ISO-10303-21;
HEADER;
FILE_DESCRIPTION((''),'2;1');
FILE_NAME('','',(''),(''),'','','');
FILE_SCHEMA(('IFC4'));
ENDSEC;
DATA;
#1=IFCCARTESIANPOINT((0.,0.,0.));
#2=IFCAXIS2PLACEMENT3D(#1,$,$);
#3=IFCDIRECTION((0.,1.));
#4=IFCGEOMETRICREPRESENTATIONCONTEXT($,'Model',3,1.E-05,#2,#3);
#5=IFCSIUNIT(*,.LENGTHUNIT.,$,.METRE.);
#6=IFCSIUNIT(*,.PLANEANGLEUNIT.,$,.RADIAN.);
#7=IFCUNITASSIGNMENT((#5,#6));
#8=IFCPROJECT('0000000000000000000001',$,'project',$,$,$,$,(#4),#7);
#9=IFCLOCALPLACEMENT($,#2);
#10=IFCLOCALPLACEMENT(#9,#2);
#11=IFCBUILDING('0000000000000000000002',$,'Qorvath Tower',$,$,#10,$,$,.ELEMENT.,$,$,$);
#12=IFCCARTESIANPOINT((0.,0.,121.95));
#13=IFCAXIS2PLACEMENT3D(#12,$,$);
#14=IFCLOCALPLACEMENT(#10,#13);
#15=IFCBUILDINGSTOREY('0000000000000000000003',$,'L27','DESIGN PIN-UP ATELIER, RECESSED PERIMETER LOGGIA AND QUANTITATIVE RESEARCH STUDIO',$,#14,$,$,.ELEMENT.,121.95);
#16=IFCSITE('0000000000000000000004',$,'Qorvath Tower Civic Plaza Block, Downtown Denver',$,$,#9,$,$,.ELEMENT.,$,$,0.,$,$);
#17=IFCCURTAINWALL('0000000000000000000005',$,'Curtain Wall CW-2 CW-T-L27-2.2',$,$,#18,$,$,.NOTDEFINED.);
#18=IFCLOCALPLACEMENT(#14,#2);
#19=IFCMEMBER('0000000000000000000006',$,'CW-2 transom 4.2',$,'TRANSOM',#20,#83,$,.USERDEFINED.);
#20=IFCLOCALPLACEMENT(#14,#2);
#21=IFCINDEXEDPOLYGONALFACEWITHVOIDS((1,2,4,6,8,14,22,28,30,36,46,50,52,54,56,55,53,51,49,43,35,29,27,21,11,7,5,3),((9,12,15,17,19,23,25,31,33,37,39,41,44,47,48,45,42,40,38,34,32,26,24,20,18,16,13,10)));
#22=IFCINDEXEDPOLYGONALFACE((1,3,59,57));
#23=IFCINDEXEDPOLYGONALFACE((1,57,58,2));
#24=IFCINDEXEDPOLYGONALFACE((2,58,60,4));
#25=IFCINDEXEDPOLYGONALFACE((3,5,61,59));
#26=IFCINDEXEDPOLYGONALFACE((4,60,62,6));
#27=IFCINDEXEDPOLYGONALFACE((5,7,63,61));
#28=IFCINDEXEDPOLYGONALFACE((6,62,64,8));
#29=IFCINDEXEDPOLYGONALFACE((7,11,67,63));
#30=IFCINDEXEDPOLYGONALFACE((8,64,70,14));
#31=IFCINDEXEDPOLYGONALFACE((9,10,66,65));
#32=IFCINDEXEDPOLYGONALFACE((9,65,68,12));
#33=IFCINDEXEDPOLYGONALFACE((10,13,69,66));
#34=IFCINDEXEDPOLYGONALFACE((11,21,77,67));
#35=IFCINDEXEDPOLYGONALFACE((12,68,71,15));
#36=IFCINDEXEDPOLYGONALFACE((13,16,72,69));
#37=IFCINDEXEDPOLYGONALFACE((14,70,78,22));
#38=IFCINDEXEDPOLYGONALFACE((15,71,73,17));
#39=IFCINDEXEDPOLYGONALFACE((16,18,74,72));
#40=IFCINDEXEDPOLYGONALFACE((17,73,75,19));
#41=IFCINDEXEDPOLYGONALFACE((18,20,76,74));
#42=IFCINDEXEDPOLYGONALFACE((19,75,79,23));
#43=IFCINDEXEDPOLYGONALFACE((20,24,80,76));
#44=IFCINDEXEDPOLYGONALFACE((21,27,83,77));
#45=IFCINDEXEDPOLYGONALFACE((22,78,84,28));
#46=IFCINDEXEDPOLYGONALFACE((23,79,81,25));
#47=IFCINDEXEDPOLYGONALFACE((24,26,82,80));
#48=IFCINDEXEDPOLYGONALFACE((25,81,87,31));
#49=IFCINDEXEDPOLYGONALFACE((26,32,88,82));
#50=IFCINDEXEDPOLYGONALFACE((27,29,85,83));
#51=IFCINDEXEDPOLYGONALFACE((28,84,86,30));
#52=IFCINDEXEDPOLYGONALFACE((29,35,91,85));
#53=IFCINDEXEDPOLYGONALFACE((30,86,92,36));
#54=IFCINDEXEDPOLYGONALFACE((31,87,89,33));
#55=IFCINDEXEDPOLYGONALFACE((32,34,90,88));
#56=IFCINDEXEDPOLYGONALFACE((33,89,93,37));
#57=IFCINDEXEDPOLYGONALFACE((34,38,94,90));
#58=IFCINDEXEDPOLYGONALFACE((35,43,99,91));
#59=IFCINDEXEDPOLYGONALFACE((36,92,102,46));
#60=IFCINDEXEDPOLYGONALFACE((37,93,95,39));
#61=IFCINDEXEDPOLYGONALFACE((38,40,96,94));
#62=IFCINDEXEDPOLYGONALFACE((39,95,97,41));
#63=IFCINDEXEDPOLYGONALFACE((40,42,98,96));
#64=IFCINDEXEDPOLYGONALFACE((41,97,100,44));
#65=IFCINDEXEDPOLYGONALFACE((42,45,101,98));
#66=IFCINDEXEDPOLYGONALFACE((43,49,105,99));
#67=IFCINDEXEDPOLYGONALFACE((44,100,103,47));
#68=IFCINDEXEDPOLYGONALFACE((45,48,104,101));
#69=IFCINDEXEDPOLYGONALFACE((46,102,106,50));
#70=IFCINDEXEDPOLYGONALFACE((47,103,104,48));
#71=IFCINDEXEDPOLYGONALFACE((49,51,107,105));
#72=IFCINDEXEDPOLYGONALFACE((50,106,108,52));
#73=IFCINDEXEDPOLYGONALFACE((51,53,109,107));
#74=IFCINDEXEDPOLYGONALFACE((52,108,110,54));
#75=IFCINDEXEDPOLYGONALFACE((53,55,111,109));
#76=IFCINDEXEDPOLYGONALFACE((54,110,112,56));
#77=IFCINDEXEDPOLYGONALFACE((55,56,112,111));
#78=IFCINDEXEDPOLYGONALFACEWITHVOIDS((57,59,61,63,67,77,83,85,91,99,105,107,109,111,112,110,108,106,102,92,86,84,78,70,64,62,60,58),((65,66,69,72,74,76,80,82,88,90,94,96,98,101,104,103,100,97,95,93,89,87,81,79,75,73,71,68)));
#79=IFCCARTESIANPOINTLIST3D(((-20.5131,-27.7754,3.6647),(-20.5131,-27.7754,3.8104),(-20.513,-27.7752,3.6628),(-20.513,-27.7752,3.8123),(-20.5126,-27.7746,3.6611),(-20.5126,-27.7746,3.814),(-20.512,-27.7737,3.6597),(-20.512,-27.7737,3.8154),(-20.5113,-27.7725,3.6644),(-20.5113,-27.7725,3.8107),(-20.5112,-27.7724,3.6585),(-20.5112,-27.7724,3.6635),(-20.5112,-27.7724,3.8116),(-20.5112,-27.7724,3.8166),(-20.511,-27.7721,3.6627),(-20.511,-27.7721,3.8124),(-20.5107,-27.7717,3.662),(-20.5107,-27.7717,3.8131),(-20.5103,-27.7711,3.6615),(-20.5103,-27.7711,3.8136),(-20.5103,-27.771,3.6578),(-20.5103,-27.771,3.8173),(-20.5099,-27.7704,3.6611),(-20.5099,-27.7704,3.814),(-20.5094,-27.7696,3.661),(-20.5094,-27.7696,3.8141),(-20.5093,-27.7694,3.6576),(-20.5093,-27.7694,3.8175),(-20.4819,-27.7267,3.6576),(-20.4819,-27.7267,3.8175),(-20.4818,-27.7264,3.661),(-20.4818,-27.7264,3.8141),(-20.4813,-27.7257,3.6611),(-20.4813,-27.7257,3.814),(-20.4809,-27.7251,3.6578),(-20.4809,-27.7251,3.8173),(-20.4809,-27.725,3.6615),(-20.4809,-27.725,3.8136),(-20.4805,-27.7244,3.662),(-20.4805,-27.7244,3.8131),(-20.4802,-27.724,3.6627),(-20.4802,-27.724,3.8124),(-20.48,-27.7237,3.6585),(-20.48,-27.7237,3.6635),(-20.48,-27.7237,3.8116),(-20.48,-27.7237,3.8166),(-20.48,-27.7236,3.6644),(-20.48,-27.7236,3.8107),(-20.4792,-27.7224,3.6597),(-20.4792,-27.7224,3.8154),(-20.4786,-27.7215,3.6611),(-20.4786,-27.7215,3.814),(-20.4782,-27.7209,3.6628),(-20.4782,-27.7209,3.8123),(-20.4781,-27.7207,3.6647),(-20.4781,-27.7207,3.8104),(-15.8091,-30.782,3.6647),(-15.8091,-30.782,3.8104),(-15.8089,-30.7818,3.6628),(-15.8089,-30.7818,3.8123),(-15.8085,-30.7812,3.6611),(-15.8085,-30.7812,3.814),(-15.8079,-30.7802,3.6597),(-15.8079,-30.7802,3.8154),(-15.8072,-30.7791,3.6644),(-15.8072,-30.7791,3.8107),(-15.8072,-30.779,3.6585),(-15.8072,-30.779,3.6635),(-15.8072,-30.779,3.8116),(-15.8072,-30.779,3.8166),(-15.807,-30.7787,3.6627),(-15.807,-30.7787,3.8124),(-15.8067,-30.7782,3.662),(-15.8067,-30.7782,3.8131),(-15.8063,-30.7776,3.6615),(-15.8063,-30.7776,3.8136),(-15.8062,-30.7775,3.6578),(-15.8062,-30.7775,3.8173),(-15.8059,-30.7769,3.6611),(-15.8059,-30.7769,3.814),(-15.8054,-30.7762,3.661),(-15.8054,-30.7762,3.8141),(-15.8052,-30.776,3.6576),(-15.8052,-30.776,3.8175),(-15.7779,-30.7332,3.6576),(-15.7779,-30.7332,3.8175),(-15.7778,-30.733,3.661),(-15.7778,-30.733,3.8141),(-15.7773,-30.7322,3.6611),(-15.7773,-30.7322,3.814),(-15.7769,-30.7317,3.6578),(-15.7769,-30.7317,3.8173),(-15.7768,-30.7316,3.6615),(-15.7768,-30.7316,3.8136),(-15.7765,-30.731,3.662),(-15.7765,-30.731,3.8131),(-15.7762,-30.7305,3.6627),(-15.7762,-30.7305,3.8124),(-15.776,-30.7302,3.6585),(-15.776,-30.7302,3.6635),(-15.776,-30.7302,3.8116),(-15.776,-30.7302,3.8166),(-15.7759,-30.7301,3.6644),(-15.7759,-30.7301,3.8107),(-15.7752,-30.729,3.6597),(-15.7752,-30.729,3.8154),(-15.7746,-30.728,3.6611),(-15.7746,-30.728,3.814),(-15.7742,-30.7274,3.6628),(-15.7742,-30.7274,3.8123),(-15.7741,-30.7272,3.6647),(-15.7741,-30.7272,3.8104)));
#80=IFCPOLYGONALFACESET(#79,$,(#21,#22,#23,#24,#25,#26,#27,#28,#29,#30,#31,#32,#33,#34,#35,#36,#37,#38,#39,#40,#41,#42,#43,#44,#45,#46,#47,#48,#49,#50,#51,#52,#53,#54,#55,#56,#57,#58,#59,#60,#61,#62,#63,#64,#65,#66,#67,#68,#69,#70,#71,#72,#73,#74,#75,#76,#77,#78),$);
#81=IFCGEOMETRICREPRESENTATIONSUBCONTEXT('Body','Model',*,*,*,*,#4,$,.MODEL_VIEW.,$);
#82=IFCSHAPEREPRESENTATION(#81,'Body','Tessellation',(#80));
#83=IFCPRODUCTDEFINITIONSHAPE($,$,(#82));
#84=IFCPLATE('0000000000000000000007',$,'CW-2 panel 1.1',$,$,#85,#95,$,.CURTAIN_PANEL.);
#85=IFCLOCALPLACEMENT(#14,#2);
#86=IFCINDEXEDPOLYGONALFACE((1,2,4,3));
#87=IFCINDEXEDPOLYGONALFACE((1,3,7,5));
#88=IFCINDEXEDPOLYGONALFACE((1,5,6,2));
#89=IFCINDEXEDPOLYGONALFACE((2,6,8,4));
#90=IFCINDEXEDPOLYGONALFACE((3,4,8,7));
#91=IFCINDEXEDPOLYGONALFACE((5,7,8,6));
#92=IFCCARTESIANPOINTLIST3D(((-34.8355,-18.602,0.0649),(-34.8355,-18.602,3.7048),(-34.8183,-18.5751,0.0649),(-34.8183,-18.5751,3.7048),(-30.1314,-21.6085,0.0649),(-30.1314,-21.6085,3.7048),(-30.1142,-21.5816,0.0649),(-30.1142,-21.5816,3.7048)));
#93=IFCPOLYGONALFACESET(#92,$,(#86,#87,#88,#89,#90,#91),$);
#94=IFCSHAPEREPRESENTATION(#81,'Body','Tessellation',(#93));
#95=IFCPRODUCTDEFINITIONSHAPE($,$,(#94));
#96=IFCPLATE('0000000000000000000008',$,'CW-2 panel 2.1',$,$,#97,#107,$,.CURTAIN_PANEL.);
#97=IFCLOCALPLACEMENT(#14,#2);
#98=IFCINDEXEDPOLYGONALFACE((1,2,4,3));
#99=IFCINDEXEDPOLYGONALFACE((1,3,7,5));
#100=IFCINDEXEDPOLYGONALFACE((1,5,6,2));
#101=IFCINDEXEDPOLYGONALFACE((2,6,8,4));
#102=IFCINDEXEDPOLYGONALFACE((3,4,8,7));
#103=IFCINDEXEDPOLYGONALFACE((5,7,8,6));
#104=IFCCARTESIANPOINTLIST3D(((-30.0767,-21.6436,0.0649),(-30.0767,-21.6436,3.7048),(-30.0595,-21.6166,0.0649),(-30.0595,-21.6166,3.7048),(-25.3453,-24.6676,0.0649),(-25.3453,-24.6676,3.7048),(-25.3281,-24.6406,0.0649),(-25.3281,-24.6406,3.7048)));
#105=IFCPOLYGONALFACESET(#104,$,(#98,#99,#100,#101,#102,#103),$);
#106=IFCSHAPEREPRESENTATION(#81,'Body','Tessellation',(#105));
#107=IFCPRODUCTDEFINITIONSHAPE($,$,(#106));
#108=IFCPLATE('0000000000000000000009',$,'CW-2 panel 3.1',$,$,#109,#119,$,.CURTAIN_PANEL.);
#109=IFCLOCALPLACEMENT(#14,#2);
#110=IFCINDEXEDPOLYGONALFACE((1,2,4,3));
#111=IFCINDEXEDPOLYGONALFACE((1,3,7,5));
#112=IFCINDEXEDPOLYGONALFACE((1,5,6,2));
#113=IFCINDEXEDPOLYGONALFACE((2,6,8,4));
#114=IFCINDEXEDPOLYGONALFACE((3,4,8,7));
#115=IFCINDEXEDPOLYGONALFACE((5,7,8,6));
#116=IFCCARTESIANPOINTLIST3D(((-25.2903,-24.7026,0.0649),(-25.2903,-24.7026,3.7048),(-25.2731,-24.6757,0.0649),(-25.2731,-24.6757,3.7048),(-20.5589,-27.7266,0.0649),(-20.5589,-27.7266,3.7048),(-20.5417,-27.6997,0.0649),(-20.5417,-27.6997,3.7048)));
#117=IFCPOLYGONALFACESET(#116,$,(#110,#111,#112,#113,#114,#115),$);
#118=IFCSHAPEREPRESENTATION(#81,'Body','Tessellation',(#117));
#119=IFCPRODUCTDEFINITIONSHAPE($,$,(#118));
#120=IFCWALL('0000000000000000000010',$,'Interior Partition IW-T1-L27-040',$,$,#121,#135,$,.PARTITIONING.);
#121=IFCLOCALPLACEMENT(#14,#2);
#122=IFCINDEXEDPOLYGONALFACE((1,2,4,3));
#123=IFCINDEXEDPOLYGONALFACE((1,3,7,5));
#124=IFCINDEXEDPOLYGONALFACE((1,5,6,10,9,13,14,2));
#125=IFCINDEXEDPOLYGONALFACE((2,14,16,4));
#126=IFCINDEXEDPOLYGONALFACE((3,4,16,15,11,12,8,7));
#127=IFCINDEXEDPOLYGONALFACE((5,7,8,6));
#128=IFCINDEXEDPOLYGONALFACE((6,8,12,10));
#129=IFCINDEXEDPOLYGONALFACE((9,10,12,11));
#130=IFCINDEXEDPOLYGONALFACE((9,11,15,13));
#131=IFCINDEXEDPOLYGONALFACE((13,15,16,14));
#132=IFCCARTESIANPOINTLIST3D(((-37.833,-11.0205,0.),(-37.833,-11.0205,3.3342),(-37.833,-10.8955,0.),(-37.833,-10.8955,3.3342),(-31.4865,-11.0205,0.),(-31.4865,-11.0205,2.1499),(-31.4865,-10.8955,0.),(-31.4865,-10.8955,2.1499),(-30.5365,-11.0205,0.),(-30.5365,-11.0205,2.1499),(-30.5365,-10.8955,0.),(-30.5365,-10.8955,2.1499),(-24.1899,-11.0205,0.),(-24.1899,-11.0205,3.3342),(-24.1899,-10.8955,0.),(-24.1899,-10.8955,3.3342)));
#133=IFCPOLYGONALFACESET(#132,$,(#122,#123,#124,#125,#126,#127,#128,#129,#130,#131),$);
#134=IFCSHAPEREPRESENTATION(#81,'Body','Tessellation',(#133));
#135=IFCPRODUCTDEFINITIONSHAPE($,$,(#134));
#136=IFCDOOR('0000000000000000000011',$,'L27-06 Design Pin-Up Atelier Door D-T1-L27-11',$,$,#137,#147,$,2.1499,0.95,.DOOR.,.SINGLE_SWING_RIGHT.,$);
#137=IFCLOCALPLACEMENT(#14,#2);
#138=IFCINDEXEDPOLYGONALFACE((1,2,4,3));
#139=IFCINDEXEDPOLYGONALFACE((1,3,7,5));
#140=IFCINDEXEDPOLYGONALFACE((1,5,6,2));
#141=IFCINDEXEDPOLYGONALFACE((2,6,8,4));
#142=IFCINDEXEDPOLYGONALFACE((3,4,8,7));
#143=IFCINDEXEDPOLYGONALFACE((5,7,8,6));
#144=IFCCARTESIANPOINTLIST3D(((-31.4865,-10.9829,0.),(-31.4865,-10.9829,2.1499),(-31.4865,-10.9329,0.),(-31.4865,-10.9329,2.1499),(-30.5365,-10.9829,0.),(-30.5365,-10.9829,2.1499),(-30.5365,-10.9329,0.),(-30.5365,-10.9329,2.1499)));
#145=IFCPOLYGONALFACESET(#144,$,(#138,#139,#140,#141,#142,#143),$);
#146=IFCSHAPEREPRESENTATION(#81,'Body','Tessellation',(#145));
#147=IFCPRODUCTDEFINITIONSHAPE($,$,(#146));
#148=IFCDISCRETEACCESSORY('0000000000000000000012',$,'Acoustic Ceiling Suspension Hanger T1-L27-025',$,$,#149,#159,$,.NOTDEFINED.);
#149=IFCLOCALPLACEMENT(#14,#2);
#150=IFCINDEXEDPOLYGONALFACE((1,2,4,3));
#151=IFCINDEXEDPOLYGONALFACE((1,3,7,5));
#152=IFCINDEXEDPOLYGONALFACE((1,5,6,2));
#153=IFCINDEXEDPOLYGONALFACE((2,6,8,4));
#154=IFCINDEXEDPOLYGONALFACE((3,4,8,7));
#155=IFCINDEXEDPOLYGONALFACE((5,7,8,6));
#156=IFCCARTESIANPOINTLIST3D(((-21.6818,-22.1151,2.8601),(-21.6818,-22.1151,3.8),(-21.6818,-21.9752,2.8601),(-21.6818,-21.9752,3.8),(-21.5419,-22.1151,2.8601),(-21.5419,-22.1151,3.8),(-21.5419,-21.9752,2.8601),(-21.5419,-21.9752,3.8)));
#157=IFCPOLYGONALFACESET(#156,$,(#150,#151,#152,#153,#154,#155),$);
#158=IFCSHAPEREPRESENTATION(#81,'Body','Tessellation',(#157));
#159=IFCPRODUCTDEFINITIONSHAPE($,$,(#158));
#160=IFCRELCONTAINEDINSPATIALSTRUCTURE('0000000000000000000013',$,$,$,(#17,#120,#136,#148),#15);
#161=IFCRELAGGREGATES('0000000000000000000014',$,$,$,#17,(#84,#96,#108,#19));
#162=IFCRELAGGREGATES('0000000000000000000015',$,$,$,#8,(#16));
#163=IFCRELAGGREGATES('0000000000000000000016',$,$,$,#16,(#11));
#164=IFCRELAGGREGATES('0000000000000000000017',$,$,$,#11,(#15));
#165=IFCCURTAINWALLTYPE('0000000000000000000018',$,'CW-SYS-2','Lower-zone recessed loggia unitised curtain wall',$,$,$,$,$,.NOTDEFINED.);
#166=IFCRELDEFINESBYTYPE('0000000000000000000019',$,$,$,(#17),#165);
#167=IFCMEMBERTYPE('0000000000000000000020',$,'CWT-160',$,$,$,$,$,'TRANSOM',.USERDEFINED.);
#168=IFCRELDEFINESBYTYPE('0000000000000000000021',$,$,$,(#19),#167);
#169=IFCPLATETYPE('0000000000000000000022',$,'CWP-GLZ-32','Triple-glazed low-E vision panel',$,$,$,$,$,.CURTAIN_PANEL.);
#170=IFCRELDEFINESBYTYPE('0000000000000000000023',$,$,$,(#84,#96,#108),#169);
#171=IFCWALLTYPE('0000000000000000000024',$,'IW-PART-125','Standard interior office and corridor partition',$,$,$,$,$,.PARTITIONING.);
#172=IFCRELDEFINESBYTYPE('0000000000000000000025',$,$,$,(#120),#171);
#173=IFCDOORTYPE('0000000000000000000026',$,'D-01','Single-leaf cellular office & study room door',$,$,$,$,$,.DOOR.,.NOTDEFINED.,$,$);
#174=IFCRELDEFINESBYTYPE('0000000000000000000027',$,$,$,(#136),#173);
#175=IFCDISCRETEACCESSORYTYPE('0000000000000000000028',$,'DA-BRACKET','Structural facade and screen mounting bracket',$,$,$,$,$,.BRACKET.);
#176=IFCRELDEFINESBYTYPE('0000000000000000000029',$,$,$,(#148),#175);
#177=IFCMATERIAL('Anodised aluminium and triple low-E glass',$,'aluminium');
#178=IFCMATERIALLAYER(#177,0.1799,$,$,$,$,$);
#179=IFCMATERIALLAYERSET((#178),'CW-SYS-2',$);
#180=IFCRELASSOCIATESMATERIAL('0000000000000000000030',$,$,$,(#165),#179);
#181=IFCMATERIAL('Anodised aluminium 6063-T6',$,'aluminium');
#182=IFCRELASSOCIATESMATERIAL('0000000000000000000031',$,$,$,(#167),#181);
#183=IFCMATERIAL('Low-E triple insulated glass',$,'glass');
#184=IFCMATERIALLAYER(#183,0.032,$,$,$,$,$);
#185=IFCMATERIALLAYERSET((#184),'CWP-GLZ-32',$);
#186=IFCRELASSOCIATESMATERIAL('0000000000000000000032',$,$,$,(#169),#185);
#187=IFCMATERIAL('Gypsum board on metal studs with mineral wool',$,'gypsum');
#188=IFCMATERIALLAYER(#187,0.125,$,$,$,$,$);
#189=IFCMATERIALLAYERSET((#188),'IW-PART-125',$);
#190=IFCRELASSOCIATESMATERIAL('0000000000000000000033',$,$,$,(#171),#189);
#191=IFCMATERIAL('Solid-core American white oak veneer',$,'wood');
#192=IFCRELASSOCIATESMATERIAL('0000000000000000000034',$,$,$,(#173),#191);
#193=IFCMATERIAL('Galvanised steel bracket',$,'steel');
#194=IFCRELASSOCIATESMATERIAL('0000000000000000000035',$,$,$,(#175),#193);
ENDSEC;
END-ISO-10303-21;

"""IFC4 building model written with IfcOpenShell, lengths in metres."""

from ifc_helpers import new_model, si_unit, direction, frame, frame_2d, origin, origin_2d, place, context, subcontext, project, spatial, rectangle, hollow_rectangle, extrude, material, layer, layer_set, material_profile, profile_set, type_object, element, fill, aggregate, save


model = new_model("IFC4")

# Units and contexts
model_context = context("Model", 3, precision=1e-05, world=origin(), true_north=direction((0.0, 1.0)))
body_context = subcontext(model_context, "Body", "Model", "MODEL_VIEW")
ifc_project = project(units=[si_unit("LENGTHUNIT", "METRE"), si_unit("PLANEANGLEUNIT", "RADIAN")], contexts=[model_context])

# Site, building, storey
site_placement = place(None, origin())
site = spatial("IfcSite", under=ifc_project, at=site_placement, Name="Qorvath Tower Civic Plaza Block, Downtown Denver", CompositionType="ELEMENT", RefElevation=0.0)
building_placement = place(site_placement, origin())
building = spatial("IfcBuilding", under=site, at=building_placement, Name="Qorvath Tower", CompositionType="ELEMENT")
storey_placement = place(building_placement, frame((0.0, 0.0, 121.95)))
storey = spatial("IfcBuildingStorey", under=building, at=storey_placement, Name="L27", Description="DESIGN PIN-UP ATELIER, RECESSED PERIMETER LOGGIA AND QUANTITATIVE RESEARCH STUDIO", CompositionType="ELEMENT", Elevation=121.95)

# Curtain wall, member, plates
ifc_material_1 = material(Name="Anodised aluminium and triple low-E glass", Category="aluminium")
ifc_layer_1 = layer(ifc_material_1, 0.1799)
ifc_layer_set_1 = layer_set([ifc_layer_1], Name="CW-SYS-2")
curtain_wall_type = type_object("IfcCurtainWallType", Name="CW-SYS-2", Description="Lower-zone recessed loggia unitised curtain wall", PredefinedType="NOTDEFINED", material=ifc_layer_set_1)
curtain_wall_placement = place(storey_placement, origin())
curtain_wall = element("IfcCurtainWall", 1, at=curtain_wall_placement, inside=storey, type_object=curtain_wall_type, Name="Curtain Wall CW-2 CW-T-L27-2.2", PredefinedType="NOTDEFINED")
ifc_material_2 = material(Name="Anodised aluminium 6063-T6", Category="aluminium")
ifc_material_profile_1 = material_profile(ifc_material_2, hollow_rectangle(XDim=0.0649, YDim=0.1599, WallThickness=0.0034, InnerFilletRadius=0.0034, OuterFilletRadius=0.0071, at=origin_2d()), Name="CWT 160x65")
ifc_profile_set_1 = profile_set([ifc_material_profile_1], Name="Anodised aluminium 6063-T6")
member_type_1 = type_object("IfcMemberType", Name="CWT-160", ElementType="TRANSOM", PredefinedType="USERDEFINED", material=ifc_profile_set_1)
member_1_placement = place(storey_placement, frame((-20.4956, -27.748, 3.7375), z_axis=(0.842599, -0.538541, 0.0), x_axis=(0.538541, 0.842599, 0.0)))
member_1 = element("IfcMember", 2, at=member_1_placement, type_object=member_type_1, Name="CW-2 transom 4.2", ObjectType="TRANSOM", PredefinedType="USERDEFINED", context=body_context, shape_type="SweptSolid", body=[
    extrude(hollow_rectangle(XDim=0.0649, YDim=0.1599, WallThickness=0.0034, InnerFilletRadius=0.0034, OuterFilletRadius=0.0071, at=origin_2d()), origin(), (0.0, 0.0, 1.0), 5.5828),
])
ifc_material_3 = material(Name="Low-E triple insulated glass", Category="glass")
ifc_layer_2 = layer(ifc_material_3, 0.032)
ifc_layer_set_2 = layer_set([ifc_layer_2], Name="CWP-GLZ-32")
plate_type = type_object("IfcPlateType", Name="CWP-GLZ-32", Description="Triple-glazed low-E vision panel", PredefinedType="CURTAIN_PANEL", material=ifc_layer_set_2)
plate_1_placement = place(storey_placement, frame((-32.4749, -20.0918, 0.0649), z_axis=(0.0, 0.0, 1.0), x_axis=(0.842602, -0.538536, 0.0)))
plate_1 = element("IfcPlate", 3, at=plate_1_placement, type_object=plate_type, Name="CW-2 panel 1.1", PredefinedType="CURTAIN_PANEL", context=body_context, shape_type="SweptSolid", body=[
    extrude(rectangle(XDim=5.5828, YDim=0.032, at=origin_2d()), origin(), (0.0, 0.0, 1.0), 3.6399),
])
plate_2_placement = place(storey_placement, frame((-27.7024, -23.1421, 0.0649), z_axis=(0.0, 0.0, 1.0), x_axis=(0.842602, -0.538536, 0.0)))
plate_2 = element("IfcPlate", 4, at=plate_2_placement, type_object=plate_type, Name="CW-2 panel 2.1", PredefinedType="CURTAIN_PANEL", context=body_context, shape_type="SweptSolid", body=[
    extrude(rectangle(XDim=5.6152, YDim=0.032, at=origin_2d()), origin(), (0.0, 0.0, 1.0), 3.6399),
])
plate_3_placement = place(storey_placement, frame((-22.916, -26.2012, 0.0649), z_axis=(0.0, 0.0, 1.0), x_axis=(0.842602, -0.538536, 0.0)))
plate_3 = element("IfcPlate", 5, at=plate_3_placement, type_object=plate_type, Name="CW-2 panel 3.1", PredefinedType="CURTAIN_PANEL", context=body_context, shape_type="SweptSolid", body=[
    extrude(rectangle(XDim=5.6152, YDim=0.032, at=origin_2d()), origin(), (0.0, 0.0, 1.0), 3.6399),
])
aggregate(curtain_wall, [plate_1, plate_2, plate_3, member_1])

# Wall, opening, door
ifc_material_4 = material(Name="Gypsum board on metal studs with mineral wool", Category="gypsum")
ifc_layer_3 = layer(ifc_material_4, 0.125)
ifc_layer_set_3 = layer_set([ifc_layer_3], Name="IW-PART-125")
wall_type_1 = type_object("IfcWallType", Name="IW-PART-125", Description="Standard interior office and corridor partition", PredefinedType="PARTITIONING", material=ifc_layer_set_3)
wall_1_placement = place(storey_placement, frame((-24.1899, -10.958, 0.0), z_axis=(0.0, 0.0, 1.0), x_axis=(-1.0, 0.0, 0.0)))
wall_1 = element("IfcWall", 6, at=wall_1_placement, inside=storey, type_object=wall_type_1, Name="Interior Partition IW-T1-L27-040", PredefinedType="PARTITIONING", context=body_context, shape_type="SweptSolid", body=[
    extrude(rectangle(XDim=13.6431, YDim=0.125, at=frame_2d((6.8215, 0.0))), origin(), (0.0, 0.0, 1.0), 3.3342),
])
opening_1_placement = place(wall_1_placement, frame((6.3464, 0.0, 0.0)))
opening_1 = element("IfcOpeningElement", 7, at=opening_1_placement, cuts=wall_1, PredefinedType="OPENING", context=body_context, shape_type="SweptSolid", body=[
    extrude(rectangle(XDim=0.95, YDim=2.1499, at=frame_2d((0.4751, 1.075))), frame((0.0, 0.0725, 0.0), z_axis=(0.0, -1.0, 0.0), x_axis=(1.0, 0.0, 0.0)), (0.0, 0.0, 1.0), 0.145),
])
ifc_material_5 = material(Name="Solid-core American white oak veneer", Category="wood")
door_type_1 = type_object("IfcDoorType", Name="D-01", Description="Single-leaf cellular office & study room door", OperationType="NOTDEFINED", PredefinedType="DOOR", material=ifc_material_5)
door_1_placement = place(opening_1_placement, origin())
door_1 = element("IfcDoor", 8, at=door_1_placement, inside=storey, type_object=door_type_1, Name="L27-06 Design Pin-Up Atelier Door D-T1-L27-11", OperationType="SINGLE_SWING_RIGHT", OverallHeight=2.1499, OverallWidth=0.95, PredefinedType="DOOR", context=body_context, shape_type="SweptSolid", body=[
    extrude(rectangle(XDim=0.95, YDim=2.1499, at=frame_2d((0.4751, 1.075))), frame((0.0, 0.0249, 0.0), z_axis=(0.0, -1.0, 0.0), x_axis=(1.0, 0.0, 0.0)), (0.0, 0.0, 1.0), 0.05),
])
fill(opening_1, door_1)

# Discrete accessory
ifc_material_6 = material(Name="Galvanised steel bracket", Category="steel")
discrete_accessory_type = type_object("IfcDiscreteAccessoryType", Name="DA-BRACKET", Description="Structural facade and screen mounting bracket", PredefinedType="BRACKET", material=ifc_material_6)
discrete_accessory_placement = place(storey_placement, frame((-21.6118, -22.0452, 2.8601), z_axis=(0.0, 0.0, 1.0), x_axis=(1.0, 0.0, 0.0)))
element("IfcDiscreteAccessory", 9, at=discrete_accessory_placement, inside=storey, type_object=discrete_accessory_type, Name="Acoustic Ceiling Suspension Hanger T1-L27-025", PredefinedType="NOTDEFINED", context=body_context, shape_type="SweptSolid", body=[
    extrude(rectangle(XDim=0.1399, YDim=0.1399, at=origin_2d()), origin(), (0.0, 0.0, 1.0), 0.9399),
])

save(model, "model.ifc")
